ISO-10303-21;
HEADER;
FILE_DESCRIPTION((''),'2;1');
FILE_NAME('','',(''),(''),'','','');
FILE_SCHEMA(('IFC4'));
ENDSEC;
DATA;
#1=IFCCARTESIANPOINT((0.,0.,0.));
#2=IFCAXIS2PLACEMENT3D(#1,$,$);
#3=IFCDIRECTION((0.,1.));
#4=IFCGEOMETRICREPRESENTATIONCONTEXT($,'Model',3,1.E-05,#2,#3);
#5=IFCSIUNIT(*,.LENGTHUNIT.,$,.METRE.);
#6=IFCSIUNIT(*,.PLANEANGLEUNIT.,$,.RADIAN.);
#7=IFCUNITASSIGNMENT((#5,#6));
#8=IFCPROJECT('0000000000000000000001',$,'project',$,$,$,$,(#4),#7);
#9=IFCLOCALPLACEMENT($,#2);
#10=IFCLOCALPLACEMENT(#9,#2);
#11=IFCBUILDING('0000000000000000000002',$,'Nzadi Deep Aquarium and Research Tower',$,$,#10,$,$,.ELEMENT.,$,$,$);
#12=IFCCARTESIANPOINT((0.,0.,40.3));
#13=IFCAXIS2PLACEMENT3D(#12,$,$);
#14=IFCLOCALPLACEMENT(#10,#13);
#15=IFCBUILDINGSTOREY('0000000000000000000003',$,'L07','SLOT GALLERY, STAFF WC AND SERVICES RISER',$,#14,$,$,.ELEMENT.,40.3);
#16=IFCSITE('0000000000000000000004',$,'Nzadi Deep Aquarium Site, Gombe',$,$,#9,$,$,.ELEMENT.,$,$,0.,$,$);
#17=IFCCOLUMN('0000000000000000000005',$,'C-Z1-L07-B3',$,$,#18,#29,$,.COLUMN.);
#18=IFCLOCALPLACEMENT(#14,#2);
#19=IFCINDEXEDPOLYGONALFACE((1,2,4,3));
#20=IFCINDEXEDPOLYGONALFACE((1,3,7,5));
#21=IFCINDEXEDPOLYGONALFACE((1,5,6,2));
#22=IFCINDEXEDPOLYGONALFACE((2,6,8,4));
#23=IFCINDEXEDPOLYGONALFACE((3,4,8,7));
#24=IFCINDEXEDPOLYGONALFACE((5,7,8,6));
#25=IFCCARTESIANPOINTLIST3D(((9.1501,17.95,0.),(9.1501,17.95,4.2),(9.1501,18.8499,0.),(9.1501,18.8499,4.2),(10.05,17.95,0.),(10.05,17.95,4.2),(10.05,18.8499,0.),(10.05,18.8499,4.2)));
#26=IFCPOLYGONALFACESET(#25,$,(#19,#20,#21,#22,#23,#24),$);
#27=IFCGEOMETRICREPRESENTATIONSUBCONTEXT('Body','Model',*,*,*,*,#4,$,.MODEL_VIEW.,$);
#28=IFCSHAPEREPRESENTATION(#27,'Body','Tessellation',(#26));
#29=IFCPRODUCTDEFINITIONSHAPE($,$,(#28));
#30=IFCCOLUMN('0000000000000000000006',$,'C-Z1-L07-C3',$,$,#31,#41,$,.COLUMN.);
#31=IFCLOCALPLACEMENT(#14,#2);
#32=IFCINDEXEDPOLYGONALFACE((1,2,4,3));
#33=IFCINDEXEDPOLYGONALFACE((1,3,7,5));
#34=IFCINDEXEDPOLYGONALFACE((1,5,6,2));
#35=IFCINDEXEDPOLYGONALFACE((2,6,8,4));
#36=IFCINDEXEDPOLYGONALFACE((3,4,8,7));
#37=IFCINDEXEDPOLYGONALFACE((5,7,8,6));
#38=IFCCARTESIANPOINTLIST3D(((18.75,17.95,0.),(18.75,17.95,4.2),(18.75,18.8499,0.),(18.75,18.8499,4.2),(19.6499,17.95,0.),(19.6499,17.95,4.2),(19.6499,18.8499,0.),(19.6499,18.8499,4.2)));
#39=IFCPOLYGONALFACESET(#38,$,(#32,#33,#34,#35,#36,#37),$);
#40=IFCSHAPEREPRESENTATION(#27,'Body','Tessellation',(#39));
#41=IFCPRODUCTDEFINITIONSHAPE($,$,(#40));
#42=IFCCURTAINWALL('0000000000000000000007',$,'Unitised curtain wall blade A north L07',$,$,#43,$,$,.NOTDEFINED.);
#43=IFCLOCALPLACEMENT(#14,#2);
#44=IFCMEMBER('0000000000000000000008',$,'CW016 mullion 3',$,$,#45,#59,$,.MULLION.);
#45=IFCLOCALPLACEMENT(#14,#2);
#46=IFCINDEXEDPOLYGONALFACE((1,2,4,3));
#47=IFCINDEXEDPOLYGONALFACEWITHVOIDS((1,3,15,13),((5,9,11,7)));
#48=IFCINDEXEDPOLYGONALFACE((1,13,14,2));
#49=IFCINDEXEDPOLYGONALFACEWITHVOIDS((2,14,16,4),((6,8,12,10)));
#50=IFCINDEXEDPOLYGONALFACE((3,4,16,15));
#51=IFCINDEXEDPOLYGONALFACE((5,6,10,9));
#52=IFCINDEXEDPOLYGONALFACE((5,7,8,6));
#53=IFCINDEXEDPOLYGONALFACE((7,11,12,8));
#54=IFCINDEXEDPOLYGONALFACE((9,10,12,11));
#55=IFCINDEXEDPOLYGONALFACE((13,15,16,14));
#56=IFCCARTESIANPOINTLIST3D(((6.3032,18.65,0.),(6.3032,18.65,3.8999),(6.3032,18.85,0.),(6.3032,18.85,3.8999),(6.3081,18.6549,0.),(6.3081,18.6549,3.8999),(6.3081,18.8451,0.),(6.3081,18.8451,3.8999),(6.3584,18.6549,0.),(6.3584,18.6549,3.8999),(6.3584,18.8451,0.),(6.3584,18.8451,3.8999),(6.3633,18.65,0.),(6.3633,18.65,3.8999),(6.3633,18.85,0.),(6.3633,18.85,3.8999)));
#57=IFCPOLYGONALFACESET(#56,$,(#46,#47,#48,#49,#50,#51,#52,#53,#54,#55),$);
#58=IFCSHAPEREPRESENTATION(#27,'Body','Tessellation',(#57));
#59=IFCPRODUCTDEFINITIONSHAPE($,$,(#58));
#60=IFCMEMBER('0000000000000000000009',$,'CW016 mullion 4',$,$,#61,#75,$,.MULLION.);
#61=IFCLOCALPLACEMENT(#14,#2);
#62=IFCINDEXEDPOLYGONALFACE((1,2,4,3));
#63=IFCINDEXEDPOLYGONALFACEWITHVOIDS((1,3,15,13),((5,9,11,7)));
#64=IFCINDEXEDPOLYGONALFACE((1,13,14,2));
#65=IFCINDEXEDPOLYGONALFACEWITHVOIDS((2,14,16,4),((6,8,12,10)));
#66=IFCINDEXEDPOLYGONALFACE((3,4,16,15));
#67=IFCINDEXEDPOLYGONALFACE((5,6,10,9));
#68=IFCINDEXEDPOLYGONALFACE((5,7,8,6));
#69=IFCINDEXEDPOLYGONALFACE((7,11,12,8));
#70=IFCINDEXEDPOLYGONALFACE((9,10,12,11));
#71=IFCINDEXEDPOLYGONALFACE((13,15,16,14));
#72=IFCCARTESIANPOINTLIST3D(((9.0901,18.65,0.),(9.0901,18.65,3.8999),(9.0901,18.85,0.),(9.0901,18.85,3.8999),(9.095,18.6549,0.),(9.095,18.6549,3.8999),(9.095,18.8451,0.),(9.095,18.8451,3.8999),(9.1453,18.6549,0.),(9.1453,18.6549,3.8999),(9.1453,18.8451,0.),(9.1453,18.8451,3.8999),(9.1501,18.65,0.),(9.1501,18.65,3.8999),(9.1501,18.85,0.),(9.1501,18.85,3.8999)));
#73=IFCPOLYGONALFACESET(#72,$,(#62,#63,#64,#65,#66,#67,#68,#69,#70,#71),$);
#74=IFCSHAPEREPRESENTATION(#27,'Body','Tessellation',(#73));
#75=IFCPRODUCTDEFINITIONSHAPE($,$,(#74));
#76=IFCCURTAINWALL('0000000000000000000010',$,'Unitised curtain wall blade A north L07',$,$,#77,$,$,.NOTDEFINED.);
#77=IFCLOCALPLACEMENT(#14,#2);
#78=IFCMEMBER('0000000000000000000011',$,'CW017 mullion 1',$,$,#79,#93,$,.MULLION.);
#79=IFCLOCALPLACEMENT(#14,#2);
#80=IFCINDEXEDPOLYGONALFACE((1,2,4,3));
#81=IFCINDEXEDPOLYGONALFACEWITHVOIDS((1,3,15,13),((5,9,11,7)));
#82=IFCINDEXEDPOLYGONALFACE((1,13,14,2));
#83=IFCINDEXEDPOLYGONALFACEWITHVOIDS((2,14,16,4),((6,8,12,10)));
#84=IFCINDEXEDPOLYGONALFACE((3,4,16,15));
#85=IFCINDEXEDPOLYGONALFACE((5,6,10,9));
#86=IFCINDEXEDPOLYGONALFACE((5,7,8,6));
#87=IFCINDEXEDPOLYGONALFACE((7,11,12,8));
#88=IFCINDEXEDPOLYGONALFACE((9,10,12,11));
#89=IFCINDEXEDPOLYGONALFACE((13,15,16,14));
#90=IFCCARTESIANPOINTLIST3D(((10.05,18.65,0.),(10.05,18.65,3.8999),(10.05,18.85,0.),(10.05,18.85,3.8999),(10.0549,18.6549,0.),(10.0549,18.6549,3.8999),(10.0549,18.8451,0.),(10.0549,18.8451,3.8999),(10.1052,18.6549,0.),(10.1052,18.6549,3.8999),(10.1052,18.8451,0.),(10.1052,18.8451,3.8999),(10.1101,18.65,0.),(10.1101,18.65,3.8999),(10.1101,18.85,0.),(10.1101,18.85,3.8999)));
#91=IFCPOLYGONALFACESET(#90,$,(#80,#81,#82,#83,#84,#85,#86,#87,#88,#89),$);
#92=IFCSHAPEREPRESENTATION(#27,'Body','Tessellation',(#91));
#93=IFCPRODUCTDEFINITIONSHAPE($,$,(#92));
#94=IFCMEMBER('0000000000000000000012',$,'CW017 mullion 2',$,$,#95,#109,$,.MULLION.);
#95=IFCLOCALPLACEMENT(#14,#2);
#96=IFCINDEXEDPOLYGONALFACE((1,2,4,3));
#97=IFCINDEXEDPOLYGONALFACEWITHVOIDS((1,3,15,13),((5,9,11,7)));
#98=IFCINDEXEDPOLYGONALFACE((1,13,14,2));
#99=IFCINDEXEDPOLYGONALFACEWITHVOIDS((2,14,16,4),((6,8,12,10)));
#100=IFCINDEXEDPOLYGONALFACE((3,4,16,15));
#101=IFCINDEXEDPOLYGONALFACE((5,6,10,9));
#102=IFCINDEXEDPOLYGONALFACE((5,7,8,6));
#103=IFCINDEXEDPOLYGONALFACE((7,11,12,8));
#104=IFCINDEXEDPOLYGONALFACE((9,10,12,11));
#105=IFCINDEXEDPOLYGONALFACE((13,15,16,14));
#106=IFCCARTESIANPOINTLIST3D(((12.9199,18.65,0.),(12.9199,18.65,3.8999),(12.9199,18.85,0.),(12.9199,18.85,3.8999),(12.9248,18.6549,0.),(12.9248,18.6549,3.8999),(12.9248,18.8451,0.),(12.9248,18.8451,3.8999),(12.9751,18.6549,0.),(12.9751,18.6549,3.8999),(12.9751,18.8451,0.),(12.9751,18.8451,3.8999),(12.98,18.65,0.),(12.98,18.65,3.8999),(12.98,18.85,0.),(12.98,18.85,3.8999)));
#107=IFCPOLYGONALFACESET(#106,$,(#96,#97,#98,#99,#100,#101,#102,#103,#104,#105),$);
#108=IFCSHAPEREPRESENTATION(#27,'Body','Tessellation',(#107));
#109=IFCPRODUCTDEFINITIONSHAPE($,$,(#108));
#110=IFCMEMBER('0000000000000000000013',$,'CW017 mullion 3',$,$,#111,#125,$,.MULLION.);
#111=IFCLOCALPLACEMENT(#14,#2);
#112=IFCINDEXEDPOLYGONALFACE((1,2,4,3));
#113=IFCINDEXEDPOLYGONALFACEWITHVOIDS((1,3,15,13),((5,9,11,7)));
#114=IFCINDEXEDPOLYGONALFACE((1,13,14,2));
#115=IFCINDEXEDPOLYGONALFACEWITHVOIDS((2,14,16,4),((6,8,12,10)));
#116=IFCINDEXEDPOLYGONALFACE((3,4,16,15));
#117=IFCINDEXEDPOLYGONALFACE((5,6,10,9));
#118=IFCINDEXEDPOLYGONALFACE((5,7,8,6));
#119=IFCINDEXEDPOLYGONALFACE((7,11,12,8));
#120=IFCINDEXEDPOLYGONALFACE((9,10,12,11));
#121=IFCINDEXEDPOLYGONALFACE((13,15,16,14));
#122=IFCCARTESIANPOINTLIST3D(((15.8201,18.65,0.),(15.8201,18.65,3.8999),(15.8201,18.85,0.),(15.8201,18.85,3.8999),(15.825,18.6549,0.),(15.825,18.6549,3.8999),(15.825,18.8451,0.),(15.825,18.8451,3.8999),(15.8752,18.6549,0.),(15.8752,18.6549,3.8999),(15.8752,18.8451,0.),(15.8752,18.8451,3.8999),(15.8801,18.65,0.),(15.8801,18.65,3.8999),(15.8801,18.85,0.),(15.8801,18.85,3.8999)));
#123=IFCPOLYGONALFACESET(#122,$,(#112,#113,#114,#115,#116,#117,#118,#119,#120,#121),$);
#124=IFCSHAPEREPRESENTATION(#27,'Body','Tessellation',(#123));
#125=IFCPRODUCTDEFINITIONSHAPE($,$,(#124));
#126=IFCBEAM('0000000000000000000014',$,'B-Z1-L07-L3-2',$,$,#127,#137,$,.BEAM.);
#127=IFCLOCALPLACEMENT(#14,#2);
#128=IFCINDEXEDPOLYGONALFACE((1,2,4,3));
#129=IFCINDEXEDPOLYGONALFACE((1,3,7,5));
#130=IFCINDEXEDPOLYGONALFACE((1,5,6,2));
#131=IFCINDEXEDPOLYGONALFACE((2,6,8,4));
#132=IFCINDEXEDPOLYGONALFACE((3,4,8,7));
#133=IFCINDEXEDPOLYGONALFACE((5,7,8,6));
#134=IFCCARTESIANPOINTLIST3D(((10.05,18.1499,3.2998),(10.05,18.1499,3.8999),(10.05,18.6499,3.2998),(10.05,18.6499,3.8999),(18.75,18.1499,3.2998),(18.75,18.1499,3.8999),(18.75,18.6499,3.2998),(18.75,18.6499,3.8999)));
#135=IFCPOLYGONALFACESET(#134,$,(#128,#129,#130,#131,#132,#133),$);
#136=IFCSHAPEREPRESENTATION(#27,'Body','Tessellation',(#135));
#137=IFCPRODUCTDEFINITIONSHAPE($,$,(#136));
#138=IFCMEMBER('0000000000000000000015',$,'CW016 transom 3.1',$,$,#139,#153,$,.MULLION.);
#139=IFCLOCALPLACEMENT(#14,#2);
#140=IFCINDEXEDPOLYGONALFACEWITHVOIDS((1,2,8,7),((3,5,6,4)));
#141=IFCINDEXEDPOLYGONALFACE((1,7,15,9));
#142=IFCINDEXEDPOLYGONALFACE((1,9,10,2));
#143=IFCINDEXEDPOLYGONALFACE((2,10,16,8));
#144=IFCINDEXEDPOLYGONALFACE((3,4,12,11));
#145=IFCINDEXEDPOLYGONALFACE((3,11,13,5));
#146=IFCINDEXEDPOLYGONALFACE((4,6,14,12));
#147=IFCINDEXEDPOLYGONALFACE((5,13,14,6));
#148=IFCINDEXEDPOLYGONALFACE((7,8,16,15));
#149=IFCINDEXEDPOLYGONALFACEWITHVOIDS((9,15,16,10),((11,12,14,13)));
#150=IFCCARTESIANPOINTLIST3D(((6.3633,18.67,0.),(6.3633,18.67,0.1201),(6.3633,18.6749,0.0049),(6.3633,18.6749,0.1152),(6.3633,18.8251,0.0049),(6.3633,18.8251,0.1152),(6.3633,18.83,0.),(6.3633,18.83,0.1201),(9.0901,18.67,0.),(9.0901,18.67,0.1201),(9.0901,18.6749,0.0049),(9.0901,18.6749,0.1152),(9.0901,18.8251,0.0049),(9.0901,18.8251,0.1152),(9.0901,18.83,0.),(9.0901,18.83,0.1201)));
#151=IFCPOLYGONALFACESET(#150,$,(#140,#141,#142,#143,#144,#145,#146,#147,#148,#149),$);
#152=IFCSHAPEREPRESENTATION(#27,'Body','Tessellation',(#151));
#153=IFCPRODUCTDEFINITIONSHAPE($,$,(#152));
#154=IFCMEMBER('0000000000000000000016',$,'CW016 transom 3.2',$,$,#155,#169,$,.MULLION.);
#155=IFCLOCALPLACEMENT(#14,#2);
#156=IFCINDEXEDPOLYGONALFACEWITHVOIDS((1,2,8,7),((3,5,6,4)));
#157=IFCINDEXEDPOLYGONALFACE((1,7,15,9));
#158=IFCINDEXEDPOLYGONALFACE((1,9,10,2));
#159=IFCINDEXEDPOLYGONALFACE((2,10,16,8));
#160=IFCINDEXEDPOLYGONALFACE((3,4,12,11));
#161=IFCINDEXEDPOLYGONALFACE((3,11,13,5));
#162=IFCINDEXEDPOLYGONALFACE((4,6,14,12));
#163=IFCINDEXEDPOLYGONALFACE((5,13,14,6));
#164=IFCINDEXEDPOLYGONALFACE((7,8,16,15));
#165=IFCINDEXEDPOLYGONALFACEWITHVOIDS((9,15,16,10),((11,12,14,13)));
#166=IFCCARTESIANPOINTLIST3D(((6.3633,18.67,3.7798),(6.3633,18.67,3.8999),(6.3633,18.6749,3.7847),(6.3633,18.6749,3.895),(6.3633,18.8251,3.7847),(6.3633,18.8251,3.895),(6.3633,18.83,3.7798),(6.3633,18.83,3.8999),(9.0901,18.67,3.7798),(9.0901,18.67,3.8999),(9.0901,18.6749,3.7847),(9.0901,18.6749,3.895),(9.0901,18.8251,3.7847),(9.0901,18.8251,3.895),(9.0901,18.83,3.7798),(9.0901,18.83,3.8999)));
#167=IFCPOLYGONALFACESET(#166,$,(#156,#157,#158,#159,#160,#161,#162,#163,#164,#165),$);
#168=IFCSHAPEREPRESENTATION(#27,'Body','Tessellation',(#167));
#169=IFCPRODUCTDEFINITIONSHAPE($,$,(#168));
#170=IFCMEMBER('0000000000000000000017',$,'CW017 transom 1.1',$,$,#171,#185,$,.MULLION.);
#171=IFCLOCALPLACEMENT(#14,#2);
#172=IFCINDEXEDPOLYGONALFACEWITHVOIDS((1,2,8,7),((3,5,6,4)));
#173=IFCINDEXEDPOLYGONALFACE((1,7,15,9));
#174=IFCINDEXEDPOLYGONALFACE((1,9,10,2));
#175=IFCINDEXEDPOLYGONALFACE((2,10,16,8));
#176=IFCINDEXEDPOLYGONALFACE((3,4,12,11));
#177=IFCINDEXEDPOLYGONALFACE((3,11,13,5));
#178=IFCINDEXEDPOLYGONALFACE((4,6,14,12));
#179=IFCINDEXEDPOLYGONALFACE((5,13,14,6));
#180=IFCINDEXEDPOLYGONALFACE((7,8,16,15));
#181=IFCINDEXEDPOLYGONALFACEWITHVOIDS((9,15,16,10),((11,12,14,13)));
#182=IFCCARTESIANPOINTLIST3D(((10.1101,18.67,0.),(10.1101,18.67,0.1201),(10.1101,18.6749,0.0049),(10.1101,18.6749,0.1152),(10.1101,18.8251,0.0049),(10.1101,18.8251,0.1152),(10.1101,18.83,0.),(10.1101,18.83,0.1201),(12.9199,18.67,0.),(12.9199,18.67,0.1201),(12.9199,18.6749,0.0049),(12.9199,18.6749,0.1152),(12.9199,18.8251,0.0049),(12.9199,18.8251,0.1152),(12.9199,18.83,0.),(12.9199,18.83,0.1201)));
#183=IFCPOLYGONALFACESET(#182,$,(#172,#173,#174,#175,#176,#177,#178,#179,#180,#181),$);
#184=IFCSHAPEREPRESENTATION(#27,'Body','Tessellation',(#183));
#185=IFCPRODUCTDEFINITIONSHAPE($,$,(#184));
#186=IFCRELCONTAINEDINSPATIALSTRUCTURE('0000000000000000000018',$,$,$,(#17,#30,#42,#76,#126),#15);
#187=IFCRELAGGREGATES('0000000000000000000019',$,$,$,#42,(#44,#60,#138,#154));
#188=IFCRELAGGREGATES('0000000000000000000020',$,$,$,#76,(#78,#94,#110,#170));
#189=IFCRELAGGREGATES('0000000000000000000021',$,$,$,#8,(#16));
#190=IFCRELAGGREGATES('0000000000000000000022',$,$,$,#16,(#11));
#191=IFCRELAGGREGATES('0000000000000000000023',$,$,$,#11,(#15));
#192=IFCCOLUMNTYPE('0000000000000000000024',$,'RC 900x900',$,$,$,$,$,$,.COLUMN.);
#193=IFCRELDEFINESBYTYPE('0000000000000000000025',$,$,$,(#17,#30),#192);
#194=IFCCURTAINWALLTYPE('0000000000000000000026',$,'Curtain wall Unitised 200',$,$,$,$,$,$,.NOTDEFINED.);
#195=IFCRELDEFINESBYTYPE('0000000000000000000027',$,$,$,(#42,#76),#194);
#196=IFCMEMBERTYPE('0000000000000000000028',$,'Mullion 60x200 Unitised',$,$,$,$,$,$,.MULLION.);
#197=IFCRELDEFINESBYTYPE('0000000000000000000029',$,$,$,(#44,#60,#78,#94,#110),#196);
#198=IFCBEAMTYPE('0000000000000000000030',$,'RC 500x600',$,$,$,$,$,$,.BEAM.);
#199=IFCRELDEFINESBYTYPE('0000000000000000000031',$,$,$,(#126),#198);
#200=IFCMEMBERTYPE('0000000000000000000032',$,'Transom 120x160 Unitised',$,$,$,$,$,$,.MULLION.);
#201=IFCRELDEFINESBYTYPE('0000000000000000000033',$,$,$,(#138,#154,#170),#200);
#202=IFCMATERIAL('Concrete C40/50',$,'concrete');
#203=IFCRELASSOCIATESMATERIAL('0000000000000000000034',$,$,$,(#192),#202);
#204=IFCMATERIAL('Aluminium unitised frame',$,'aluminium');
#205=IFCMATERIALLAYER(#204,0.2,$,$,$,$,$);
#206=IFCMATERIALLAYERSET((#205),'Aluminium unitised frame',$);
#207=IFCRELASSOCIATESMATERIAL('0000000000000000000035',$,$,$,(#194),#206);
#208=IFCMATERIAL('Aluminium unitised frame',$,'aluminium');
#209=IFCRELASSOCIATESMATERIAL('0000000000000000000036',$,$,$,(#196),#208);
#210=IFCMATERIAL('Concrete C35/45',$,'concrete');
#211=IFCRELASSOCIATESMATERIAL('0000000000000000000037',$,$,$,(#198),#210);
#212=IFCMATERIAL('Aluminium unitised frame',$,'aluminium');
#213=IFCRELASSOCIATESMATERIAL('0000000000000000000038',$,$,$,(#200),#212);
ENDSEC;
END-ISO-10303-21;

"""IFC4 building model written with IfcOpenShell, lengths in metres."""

from ifc_helpers import new_model, si_unit, direction, frame, origin, origin_2d, place, context, subcontext, project, spatial, rectangle, hollow_rectangle, extrude, material, layer, layer_set, material_profile, profile_set, type_object, element, aggregate, save


model = new_model("IFC4")

# Units and contexts
model_context = context("Model", 3, precision=1e-05, world=origin(), true_north=direction((0.0, 1.0)))
body_context = subcontext(model_context, "Body", "Model", "MODEL_VIEW")
ifc_project = project(units=[si_unit("LENGTHUNIT", "METRE"), si_unit("PLANEANGLEUNIT", "RADIAN")], contexts=[model_context])

# Site, building, storey
site_placement = place(None, origin())
site = spatial("IfcSite", under=ifc_project, at=site_placement, Name="Nzadi Deep Aquarium Site, Gombe", CompositionType="ELEMENT", RefElevation=0.0)
building_placement = place(site_placement, origin())
building = spatial("IfcBuilding", under=site, at=building_placement, Name="Nzadi Deep Aquarium and Research Tower", CompositionType="ELEMENT")
storey_placement = place(building_placement, frame((0.0, 0.0, 40.3)))
storey = spatial("IfcBuildingStorey", under=building, at=storey_placement, Name="L07", Description="SLOT GALLERY, STAFF WC AND SERVICES RISER", CompositionType="ELEMENT", Elevation=40.3)

# Columns
ifc_material_1 = material(Name="Concrete C40/50", Category="concrete")
ifc_material_profile_1 = material_profile(ifc_material_1, rectangle(XDim=0.8999, YDim=0.8999, at=origin_2d()))
ifc_profile_set_1 = profile_set([ifc_material_profile_1], Name="Concrete C40/50")
column_type = type_object("IfcColumnType", Name="RC 900x900", PredefinedType="COLUMN", material=ifc_profile_set_1)
for number, where, z_axis, x_axis, name in (
    (1, (9.6001, 18.3999, 0.0), (0.0, 0.0, 1.0), (1.0, 0.0, 0.0), "C-Z1-L07-B3"),
    (2, (19.2, 18.3999, 0.0), (0.0, 0.0, 1.0), (1.0, 0.0, 0.0), "C-Z1-L07-C3"),
):
    element("IfcColumn", number, at=place(storey_placement, frame(where, z_axis=z_axis, x_axis=x_axis)), inside=storey, type_object=column_type, Name=name, PredefinedType="COLUMN", context=body_context, shape_type="SweptSolid", body=[
        extrude(rectangle(XDim=0.8999, YDim=0.8999, at=origin_2d()), origin(), (0.0, 0.0, 1.0), 4.2),
    ])

# Curtain walls, members
ifc_material_2 = material(Name="Aluminium unitised frame", Category="aluminium")
ifc_layer_1 = layer(ifc_material_2, 0.2)
ifc_layer_set_1 = layer_set([ifc_layer_1], Name="Aluminium unitised frame")
curtain_wall_type = type_object("IfcCurtainWallType", Name="Curtain wall Unitised 200", PredefinedType="NOTDEFINED", material=ifc_layer_set_1)
curtain_wall_1_placement = place(storey_placement, origin())
curtain_wall_1 = element("IfcCurtainWall", 3, at=curtain_wall_1_placement, inside=storey, type_object=curtain_wall_type, Name="Unitised curtain wall blade A north L07", PredefinedType="NOTDEFINED")
ifc_material_3 = material(Name="Aluminium unitised frame", Category="aluminium")
ifc_material_profile_2 = material_profile(ifc_material_3, hollow_rectangle(XDim=0.2, YDim=0.0601, WallThickness=0.0049, at=origin_2d()))
ifc_profile_set_2 = profile_set([ifc_material_profile_2], Name="Aluminium unitised frame")
member_type_1 = type_object("IfcMemberType", Name="Mullion 60x200 Unitised", PredefinedType="MULLION", material=ifc_profile_set_2)
member_1_placement = place(storey_placement, frame((6.3333, 18.75, 0.0), z_axis=(0.0, 0.0, 1.0), x_axis=(0.0, 1.0, 0.0)))
member_1 = element("IfcMember", 4, at=member_1_placement, type_object=member_type_1, Name="CW016 mullion 3", PredefinedType="MULLION", context=body_context, shape_type="SweptSolid", body=[
    extrude(hollow_rectangle(XDim=0.2, YDim=0.0601, WallThickness=0.0049, at=origin_2d()), origin(), (0.0, 0.0, 1.0), 3.8999),
])
member_2_placement = place(storey_placement, frame((9.1201, 18.75, 0.0), z_axis=(0.0, 0.0, 1.0), x_axis=(0.0, 1.0, 0.0)))
member_2 = element("IfcMember", 5, at=member_2_placement, type_object=member_type_1, Name="CW016 mullion 4", PredefinedType="MULLION", context=body_context, shape_type="SweptSolid", body=[
    extrude(hollow_rectangle(XDim=0.2, YDim=0.0601, WallThickness=0.0049, at=origin_2d()), origin(), (0.0, 0.0, 1.0), 3.8999),
])
curtain_wall_2_placement = place(storey_placement, origin())
curtain_wall_2 = element("IfcCurtainWall", 6, at=curtain_wall_2_placement, inside=storey, type_object=curtain_wall_type, Name="Unitised curtain wall blade A north L07", PredefinedType="NOTDEFINED")
member_3_placement = place(storey_placement, frame((10.0801, 18.75, 0.0), z_axis=(0.0, 0.0, 1.0), x_axis=(0.0, 1.0, 0.0)))
member_3 = element("IfcMember", 7, at=member_3_placement, type_object=member_type_1, Name="CW017 mullion 1", PredefinedType="MULLION", context=body_context, shape_type="SweptSolid", body=[
    extrude(hollow_rectangle(XDim=0.2, YDim=0.0601, WallThickness=0.0049, at=origin_2d()), origin(), (0.0, 0.0, 1.0), 3.8999),
])
member_4_placement = place(storey_placement, frame((12.95, 18.75, 0.0), z_axis=(0.0, 0.0, 1.0), x_axis=(0.0, 1.0, 0.0)))
member_4 = element("IfcMember", 8, at=member_4_placement, type_object=member_type_1, Name="CW017 mullion 2", PredefinedType="MULLION", context=body_context, shape_type="SweptSolid", body=[
    extrude(hollow_rectangle(XDim=0.2, YDim=0.0601, WallThickness=0.0049, at=origin_2d()), origin(), (0.0, 0.0, 1.0), 3.8999),
])
member_5_placement = place(storey_placement, frame((15.8501, 18.75, 0.0), z_axis=(0.0, 0.0, 1.0), x_axis=(0.0, 1.0, 0.0)))
member_5 = element("IfcMember", 9, at=member_5_placement, type_object=member_type_1, Name="CW017 mullion 3", PredefinedType="MULLION", context=body_context, shape_type="SweptSolid", body=[
    extrude(hollow_rectangle(XDim=0.2, YDim=0.0601, WallThickness=0.0049, at=origin_2d()), origin(), (0.0, 0.0, 1.0), 3.8999),
])

# Beam
ifc_material_4 = material(Name="Concrete C35/45", Category="concrete")
ifc_material_profile_3 = material_profile(ifc_material_4, rectangle(XDim=0.5, YDim=0.6001, at=origin_2d()))
ifc_profile_set_3 = profile_set([ifc_material_profile_3], Name="Concrete C35/45")
beam_type = type_object("IfcBeamType", Name="RC 500x600", PredefinedType="BEAM", material=ifc_profile_set_3)
beam_placement = place(storey_placement, frame((10.05, 18.3999, 3.5999), z_axis=(1.0, 0.0, 0.0), x_axis=(0.0, 1.0, 0.0)))
element("IfcBeam", 10, at=beam_placement, inside=storey, type_object=beam_type, Name="B-Z1-L07-L3-2", PredefinedType="BEAM", context=body_context, shape_type="SweptSolid", body=[
    extrude(rectangle(XDim=0.5, YDim=0.6001, at=origin_2d()), origin(), (0.0, 0.0, 1.0), 8.7),
])

# Members
ifc_material_5 = material(Name="Aluminium unitised frame", Category="aluminium")
ifc_material_profile_4 = material_profile(ifc_material_5, hollow_rectangle(XDim=0.1599, YDim=0.1201, WallThickness=0.0049, at=origin_2d()))
ifc_profile_set_4 = profile_set([ifc_material_profile_4], Name="Aluminium unitised frame")
member_type_2 = type_object("IfcMemberType", Name="Transom 120x160 Unitised", PredefinedType="MULLION", material=ifc_profile_set_4)
member_6_placement = place(storey_placement, frame((6.3633, 18.75, 0.0601), z_axis=(1.0, 0.0, 0.0), x_axis=(0.0, 1.0, 0.0)))
member_6 = element("IfcMember", 11, at=member_6_placement, type_object=member_type_2, Name="CW016 transom 3.1", PredefinedType="MULLION", context=body_context, shape_type="SweptSolid", body=[
    extrude(hollow_rectangle(XDim=0.1599, YDim=0.1201, WallThickness=0.0049, at=origin_2d()), origin(), (0.0, 0.0, 1.0), 2.7268),
])
member_7_placement = place(storey_placement, frame((6.3633, 18.75, 3.8398), z_axis=(1.0, 0.0, 0.0), x_axis=(0.0, 1.0, 0.0)))
member_7 = element("IfcMember", 12, at=member_7_placement, type_object=member_type_2, Name="CW016 transom 3.2", PredefinedType="MULLION", context=body_context, shape_type="SweptSolid", body=[
    extrude(hollow_rectangle(XDim=0.1599, YDim=0.1201, WallThickness=0.0049, at=origin_2d()), origin(), (0.0, 0.0, 1.0), 2.7268),
])
member_8_placement = place(storey_placement, frame((10.1101, 18.75, 0.0601), z_axis=(1.0, 0.0, 0.0), x_axis=(0.0, 1.0, 0.0)))
member_8 = element("IfcMember", 13, at=member_8_placement, type_object=member_type_2, Name="CW017 transom 1.1", PredefinedType="MULLION", context=body_context, shape_type="SweptSolid", body=[
    extrude(hollow_rectangle(XDim=0.1599, YDim=0.1201, WallThickness=0.0049, at=origin_2d()), origin(), (0.0, 0.0, 1.0), 2.8098),
])

aggregate(curtain_wall_1, [member_1, member_2, member_6, member_7])
aggregate(curtain_wall_2, [member_3, member_4, member_5, member_8])

save(model, "model.ifc")
